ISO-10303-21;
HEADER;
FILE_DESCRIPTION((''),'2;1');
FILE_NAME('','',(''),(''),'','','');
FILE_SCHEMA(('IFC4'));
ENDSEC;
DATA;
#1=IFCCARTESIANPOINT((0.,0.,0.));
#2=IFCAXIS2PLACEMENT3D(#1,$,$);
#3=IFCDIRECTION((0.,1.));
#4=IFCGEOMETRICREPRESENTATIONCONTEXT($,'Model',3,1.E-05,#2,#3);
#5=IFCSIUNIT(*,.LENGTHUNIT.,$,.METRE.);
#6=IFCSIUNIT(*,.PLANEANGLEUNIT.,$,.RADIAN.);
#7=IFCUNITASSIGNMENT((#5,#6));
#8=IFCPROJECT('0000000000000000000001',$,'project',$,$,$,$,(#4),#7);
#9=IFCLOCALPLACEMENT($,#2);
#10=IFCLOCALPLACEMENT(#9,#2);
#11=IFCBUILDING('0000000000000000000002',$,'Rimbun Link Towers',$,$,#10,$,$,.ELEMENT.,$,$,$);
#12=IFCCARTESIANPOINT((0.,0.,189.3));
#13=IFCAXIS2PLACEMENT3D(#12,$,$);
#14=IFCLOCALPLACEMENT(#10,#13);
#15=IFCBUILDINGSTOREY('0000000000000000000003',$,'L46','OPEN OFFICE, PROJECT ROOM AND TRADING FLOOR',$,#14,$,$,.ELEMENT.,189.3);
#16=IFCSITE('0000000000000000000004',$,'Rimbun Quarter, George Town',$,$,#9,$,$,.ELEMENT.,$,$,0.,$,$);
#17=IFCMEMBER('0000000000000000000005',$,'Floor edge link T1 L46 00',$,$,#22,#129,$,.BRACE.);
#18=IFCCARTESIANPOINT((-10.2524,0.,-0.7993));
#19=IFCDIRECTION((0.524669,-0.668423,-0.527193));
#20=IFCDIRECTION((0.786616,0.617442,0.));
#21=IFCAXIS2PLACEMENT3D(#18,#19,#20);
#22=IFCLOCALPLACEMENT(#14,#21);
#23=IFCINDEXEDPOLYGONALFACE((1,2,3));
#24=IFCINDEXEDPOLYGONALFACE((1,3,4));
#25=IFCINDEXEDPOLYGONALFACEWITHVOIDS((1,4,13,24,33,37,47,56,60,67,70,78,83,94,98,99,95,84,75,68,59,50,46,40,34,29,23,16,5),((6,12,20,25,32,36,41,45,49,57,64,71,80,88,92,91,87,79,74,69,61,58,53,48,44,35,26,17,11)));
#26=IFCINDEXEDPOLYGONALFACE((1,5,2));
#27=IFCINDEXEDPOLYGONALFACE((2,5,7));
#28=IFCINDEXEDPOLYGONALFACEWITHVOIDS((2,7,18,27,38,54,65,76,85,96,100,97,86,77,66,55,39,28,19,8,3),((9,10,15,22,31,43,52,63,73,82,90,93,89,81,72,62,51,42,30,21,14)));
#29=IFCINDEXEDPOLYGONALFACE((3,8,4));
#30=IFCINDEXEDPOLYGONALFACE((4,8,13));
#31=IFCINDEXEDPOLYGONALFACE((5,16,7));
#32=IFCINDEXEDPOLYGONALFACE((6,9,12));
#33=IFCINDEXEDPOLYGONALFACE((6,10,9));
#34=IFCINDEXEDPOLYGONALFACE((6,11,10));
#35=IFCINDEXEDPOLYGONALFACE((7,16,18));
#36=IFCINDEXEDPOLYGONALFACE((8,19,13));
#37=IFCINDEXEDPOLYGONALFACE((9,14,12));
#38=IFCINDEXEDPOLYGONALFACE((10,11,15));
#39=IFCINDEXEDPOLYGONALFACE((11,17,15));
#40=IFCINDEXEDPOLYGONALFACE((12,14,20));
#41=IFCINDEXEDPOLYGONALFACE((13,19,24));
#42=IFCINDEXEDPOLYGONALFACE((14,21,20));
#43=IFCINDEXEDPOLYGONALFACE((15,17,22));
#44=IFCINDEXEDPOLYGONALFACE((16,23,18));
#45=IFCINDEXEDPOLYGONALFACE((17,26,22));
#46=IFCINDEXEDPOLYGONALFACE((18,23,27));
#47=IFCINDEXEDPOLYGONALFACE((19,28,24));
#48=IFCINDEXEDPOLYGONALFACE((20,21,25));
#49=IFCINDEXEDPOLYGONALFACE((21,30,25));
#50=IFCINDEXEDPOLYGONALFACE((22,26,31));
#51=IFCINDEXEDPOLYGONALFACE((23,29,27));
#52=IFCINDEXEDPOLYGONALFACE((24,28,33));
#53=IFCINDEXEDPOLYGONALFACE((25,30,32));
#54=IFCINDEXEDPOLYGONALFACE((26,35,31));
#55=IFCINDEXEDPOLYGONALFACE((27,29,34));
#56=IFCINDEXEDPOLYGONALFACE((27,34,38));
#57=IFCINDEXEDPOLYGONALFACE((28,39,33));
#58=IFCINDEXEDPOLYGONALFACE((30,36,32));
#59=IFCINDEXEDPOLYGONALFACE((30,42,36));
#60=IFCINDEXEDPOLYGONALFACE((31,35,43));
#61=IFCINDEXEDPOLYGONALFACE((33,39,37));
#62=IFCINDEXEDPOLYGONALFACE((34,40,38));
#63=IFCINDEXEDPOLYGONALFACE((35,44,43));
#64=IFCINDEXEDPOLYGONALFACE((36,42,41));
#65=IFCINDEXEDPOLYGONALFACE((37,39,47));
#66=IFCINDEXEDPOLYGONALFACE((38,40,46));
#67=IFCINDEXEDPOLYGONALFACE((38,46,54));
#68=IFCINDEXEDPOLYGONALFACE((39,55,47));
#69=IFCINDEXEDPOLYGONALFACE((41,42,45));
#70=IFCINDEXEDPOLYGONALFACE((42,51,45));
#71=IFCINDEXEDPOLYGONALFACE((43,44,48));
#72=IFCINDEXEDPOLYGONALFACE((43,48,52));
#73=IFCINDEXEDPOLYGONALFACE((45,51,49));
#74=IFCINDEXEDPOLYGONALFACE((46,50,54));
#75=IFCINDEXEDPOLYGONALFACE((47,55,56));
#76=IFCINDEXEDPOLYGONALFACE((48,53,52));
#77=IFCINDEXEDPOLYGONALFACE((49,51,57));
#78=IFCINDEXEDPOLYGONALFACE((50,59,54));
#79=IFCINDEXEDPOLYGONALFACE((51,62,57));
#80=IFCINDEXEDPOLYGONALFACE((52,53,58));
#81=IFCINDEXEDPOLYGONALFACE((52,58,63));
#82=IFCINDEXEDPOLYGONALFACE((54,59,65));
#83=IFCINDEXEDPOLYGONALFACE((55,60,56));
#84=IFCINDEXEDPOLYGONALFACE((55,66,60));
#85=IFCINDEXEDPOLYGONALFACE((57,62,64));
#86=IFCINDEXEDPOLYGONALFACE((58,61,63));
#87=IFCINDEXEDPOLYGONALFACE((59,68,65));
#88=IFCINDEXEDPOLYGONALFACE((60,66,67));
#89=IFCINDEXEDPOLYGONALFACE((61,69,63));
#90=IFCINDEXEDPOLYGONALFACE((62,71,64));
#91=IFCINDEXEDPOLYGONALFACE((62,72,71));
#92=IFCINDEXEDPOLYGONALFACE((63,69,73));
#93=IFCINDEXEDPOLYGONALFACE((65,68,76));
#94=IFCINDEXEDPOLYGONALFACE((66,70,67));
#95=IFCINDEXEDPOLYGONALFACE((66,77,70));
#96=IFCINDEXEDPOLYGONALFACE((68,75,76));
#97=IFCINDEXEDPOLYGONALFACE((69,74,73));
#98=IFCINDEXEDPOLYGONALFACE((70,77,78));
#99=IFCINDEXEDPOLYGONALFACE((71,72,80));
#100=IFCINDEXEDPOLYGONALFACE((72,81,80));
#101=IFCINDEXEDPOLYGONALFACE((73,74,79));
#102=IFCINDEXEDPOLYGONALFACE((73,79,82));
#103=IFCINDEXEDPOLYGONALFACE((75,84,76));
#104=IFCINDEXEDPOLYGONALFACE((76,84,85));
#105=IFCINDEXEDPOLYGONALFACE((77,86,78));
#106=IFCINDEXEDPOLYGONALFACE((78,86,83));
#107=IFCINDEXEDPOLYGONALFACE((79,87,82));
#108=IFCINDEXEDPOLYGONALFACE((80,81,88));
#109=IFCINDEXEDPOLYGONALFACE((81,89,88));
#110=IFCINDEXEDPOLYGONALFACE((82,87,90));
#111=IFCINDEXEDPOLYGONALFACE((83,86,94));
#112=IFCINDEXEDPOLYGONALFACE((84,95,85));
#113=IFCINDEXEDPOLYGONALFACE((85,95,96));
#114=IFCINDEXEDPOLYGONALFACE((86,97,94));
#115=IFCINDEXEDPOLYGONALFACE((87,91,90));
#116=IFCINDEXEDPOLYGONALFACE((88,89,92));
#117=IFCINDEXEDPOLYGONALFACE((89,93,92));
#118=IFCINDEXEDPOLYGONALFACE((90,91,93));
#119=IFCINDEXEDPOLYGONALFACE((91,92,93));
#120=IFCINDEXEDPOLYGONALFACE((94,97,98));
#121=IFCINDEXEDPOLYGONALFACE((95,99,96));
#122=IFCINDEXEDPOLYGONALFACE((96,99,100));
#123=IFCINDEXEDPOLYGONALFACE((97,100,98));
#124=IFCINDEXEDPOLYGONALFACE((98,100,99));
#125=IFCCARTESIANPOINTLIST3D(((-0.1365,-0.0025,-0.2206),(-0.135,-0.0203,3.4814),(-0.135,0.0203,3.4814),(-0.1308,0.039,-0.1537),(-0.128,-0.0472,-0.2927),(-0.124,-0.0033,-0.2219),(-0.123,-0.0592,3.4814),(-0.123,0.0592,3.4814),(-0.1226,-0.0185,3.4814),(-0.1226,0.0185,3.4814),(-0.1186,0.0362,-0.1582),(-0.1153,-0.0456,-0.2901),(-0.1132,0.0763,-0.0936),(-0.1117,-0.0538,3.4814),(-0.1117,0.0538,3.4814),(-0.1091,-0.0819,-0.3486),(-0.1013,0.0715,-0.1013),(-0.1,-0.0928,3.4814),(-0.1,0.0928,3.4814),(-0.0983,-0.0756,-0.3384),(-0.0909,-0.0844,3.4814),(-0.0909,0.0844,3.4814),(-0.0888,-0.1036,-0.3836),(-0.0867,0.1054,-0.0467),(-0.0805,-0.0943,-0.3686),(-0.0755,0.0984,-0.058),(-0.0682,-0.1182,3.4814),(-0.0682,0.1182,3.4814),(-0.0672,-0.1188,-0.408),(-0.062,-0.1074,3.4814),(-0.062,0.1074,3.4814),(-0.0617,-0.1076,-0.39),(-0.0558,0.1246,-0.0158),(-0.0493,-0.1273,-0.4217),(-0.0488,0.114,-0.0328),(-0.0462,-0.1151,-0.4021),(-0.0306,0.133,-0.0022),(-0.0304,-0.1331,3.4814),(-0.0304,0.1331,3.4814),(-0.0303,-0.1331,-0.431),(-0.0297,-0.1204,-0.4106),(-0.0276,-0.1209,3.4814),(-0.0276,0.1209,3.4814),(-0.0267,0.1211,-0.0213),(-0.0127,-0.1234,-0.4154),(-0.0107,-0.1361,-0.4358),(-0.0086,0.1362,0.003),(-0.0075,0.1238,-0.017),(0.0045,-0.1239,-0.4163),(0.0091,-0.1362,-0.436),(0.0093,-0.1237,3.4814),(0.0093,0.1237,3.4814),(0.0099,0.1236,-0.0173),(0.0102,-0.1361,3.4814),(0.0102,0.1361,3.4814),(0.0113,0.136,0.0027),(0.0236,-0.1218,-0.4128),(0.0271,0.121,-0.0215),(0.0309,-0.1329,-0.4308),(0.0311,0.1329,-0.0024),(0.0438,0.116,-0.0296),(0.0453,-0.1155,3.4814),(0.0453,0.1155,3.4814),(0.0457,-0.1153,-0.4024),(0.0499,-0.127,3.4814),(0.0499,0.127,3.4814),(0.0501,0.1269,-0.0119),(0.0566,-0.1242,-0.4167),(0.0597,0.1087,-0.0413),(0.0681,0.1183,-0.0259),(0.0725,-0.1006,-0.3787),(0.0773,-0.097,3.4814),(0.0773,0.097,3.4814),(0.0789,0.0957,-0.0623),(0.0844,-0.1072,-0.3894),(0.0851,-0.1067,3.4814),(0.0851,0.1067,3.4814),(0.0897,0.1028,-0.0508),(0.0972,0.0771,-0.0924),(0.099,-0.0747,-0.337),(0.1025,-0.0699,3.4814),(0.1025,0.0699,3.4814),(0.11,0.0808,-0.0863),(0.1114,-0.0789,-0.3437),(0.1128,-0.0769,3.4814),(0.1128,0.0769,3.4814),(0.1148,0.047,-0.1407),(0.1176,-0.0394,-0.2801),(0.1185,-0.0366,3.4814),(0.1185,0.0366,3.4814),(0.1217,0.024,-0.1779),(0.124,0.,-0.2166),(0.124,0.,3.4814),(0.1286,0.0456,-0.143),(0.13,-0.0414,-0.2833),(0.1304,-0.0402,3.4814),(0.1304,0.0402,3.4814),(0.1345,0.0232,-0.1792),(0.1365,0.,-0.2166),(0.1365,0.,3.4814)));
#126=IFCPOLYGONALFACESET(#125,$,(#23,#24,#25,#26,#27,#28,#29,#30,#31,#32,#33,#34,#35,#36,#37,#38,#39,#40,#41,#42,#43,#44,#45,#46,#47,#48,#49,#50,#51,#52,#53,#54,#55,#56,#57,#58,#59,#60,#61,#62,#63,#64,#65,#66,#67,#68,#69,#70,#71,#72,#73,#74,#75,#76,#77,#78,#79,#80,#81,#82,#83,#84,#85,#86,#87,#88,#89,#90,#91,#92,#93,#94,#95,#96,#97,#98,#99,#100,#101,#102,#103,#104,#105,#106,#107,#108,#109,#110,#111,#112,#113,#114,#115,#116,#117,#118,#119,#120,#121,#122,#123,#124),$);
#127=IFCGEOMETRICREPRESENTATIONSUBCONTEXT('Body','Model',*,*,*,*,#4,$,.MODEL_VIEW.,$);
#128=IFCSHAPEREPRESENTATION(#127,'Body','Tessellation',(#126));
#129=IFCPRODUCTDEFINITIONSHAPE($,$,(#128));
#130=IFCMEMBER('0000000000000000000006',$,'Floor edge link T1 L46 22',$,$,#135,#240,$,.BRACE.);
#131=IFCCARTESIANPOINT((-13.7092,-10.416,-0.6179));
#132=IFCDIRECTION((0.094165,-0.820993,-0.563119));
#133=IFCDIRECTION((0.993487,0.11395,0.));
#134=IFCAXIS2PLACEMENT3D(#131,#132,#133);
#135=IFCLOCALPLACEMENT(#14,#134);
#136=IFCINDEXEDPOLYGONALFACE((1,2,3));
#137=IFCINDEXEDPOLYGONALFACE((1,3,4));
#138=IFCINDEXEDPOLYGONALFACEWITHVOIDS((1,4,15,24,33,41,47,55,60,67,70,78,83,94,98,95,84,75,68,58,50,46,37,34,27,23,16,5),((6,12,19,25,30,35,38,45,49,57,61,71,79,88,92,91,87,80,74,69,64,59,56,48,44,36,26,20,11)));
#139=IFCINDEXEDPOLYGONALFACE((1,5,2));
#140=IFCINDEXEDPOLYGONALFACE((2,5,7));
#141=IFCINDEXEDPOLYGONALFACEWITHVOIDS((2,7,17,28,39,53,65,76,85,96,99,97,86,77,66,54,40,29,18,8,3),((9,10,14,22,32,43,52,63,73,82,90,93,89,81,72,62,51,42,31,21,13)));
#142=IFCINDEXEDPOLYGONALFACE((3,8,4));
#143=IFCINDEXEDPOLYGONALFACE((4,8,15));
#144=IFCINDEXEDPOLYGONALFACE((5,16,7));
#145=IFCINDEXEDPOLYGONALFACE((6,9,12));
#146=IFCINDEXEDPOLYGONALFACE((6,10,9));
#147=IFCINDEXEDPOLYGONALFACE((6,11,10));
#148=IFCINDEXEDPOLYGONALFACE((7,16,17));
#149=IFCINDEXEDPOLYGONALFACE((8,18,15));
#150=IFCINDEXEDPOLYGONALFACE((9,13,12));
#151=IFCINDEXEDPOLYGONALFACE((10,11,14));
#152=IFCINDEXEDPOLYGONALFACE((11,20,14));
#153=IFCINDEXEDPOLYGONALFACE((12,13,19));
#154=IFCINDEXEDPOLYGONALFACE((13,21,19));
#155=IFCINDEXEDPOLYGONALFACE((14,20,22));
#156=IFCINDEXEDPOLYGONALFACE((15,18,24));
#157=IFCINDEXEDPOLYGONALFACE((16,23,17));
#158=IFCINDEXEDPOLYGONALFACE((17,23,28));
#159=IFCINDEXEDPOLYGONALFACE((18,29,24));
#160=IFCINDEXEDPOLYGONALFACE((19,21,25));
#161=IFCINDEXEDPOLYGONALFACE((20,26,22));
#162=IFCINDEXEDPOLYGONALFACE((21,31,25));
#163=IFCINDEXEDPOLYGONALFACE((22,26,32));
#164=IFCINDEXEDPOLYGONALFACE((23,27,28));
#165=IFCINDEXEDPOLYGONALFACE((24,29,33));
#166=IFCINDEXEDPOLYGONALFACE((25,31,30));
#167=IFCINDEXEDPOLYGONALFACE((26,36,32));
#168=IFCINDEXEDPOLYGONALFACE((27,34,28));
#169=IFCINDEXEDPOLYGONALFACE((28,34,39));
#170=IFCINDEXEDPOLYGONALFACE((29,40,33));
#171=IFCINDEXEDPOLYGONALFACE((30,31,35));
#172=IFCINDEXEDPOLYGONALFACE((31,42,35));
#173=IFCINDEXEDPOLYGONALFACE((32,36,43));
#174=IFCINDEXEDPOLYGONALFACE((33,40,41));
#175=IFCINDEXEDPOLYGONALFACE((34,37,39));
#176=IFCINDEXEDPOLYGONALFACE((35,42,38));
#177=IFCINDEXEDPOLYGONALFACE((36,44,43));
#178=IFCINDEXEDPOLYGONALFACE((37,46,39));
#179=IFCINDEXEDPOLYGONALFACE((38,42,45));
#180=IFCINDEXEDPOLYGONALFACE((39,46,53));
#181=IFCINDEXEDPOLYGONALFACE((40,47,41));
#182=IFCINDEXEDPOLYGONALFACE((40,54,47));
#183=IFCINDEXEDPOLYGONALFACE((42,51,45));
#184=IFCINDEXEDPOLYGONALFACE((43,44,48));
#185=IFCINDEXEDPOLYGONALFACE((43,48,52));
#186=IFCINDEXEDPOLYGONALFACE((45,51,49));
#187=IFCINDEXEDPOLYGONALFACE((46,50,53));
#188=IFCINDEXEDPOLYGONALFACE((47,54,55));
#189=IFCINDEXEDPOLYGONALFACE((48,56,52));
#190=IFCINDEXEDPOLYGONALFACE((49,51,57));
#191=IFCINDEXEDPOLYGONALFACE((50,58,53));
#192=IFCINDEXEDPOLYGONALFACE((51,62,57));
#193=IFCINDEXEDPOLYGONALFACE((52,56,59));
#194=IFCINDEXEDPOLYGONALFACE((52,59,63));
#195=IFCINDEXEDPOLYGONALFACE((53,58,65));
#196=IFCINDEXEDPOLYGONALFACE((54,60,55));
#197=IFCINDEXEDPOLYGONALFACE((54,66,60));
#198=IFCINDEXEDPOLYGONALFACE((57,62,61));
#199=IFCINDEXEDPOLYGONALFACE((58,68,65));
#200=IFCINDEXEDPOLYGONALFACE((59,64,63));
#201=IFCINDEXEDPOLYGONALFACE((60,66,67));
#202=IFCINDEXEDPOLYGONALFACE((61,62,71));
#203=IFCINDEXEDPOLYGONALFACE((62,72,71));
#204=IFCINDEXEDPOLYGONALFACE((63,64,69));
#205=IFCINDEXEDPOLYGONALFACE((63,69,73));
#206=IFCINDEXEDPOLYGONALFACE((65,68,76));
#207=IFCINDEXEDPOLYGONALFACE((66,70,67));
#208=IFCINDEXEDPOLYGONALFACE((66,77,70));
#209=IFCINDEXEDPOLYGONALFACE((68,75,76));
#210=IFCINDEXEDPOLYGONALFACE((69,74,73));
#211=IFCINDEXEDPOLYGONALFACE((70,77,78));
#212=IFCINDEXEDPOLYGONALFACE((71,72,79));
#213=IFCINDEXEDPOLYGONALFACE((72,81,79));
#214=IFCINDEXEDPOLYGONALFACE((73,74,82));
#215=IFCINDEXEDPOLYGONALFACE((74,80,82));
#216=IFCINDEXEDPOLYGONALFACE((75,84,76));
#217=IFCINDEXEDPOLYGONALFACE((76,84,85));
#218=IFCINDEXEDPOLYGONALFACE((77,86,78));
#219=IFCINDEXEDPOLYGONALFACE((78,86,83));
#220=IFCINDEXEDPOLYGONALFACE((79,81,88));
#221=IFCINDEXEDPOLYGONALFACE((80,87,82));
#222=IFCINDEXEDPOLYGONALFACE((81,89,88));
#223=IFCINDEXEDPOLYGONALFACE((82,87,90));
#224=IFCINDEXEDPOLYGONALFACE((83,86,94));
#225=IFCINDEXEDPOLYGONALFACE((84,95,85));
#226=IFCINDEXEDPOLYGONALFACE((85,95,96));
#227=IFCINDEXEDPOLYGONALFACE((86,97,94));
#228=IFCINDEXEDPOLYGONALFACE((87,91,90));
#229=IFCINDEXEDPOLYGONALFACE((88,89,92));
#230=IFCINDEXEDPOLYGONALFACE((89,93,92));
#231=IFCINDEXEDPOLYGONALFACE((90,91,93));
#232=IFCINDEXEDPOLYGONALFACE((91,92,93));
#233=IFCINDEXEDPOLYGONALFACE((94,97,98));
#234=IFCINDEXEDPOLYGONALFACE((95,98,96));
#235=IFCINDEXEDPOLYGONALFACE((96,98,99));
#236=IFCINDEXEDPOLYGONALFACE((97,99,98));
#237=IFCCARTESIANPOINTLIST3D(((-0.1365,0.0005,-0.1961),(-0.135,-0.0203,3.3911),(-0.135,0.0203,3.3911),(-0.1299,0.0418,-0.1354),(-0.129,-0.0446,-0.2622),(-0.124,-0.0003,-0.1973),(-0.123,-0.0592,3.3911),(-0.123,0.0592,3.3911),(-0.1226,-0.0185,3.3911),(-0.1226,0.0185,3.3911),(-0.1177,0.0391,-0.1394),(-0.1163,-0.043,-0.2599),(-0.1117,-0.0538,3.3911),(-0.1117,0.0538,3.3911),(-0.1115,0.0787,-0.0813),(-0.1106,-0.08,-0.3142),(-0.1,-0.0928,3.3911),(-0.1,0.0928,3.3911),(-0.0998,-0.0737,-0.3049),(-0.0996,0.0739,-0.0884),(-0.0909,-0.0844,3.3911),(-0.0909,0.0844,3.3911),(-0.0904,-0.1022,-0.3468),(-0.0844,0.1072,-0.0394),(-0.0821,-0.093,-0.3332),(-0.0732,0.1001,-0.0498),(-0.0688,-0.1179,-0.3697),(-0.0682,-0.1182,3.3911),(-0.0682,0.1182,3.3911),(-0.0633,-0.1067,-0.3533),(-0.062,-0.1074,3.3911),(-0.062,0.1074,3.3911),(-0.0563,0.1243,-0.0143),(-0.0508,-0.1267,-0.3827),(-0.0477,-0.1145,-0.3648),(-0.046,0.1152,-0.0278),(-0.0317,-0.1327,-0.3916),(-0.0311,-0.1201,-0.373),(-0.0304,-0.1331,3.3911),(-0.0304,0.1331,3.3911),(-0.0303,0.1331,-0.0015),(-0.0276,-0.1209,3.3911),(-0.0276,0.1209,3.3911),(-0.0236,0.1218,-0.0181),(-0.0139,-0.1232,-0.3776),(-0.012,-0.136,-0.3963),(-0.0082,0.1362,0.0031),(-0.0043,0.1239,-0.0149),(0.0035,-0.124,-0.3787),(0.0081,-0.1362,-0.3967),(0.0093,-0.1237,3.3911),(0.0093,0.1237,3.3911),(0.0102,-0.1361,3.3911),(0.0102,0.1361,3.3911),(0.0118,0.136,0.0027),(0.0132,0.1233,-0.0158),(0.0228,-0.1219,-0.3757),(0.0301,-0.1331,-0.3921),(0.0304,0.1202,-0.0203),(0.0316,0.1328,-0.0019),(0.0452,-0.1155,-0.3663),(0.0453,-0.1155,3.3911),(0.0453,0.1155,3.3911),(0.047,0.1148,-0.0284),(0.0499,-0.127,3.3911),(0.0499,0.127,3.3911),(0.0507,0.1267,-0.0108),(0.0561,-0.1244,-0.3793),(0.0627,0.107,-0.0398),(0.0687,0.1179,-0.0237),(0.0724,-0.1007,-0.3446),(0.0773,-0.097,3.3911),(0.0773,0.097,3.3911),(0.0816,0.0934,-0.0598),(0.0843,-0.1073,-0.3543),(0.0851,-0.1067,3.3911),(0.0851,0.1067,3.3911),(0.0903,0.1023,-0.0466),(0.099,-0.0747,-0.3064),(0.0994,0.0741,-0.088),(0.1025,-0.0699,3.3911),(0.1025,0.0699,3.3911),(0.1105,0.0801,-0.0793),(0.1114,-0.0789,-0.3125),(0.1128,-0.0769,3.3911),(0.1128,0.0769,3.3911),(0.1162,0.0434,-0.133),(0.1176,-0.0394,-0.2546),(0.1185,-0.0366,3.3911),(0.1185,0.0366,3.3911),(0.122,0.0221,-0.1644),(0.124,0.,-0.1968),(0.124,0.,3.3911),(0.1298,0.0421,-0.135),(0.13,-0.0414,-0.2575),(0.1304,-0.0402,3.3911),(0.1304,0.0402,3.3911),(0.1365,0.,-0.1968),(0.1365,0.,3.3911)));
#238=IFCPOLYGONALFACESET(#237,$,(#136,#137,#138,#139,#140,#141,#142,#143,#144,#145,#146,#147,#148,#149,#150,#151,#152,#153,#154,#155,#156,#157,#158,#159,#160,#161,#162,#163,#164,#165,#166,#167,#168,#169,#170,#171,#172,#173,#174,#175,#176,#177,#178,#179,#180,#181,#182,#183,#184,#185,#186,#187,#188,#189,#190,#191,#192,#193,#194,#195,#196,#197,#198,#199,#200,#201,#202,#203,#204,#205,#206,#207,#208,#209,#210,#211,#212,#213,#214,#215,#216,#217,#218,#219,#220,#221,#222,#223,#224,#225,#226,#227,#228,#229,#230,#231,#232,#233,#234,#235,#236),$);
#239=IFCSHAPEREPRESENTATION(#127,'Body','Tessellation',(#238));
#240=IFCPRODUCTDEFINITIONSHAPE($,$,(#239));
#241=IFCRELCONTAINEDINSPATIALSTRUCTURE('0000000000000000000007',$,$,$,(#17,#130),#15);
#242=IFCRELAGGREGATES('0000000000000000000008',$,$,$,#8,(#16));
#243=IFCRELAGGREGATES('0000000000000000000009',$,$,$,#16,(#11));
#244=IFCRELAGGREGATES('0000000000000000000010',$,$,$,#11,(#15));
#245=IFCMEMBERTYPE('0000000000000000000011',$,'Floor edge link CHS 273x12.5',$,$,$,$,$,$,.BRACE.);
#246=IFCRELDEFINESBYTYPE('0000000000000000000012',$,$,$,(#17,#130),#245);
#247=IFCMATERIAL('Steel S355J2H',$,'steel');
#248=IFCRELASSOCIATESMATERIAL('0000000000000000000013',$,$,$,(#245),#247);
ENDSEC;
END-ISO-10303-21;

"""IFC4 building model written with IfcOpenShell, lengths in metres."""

from ifc_helpers import new_model, si_unit, direction, frame, origin, origin_2d, place, context, subcontext, project, spatial, hollow_circle, extrude, clip, halfspace, material, material_profile, profile_set, type_object, element, save


model = new_model("IFC4")

# Units and contexts
model_context = context("Model", 3, precision=1e-05, world=origin(), true_north=direction((0.0, 1.0)))
body_context = subcontext(model_context, "Body", "Model", "MODEL_VIEW")
ifc_project = project(units=[si_unit("LENGTHUNIT", "METRE"), si_unit("PLANEANGLEUNIT", "RADIAN")], contexts=[model_context])

# Site, building, storey
site_placement = place(None, origin())
site = spatial("IfcSite", under=ifc_project, at=site_placement, Name="Rimbun Quarter, George Town", CompositionType="ELEMENT", RefElevation=0.0)
building_placement = place(site_placement, origin())
building = spatial("IfcBuilding", under=site, at=building_placement, Name="Rimbun Link Towers", CompositionType="ELEMENT")
storey_placement = place(building_placement, frame((0.0, 0.0, 189.3)))
storey = spatial("IfcBuildingStorey", under=building, at=storey_placement, Name="L46", Description="OPEN OFFICE, PROJECT ROOM AND TRADING FLOOR", CompositionType="ELEMENT", Elevation=189.3)

# Members
ifc_material_1 = material(Name="Steel S355J2H", Category="steel")
ifc_material_profile_1 = material_profile(ifc_material_1, hollow_circle(Radius=0.1365, WallThickness=0.0125, at=origin_2d()), Name="CHS 273x12.5")
ifc_profile_set_1 = profile_set([ifc_material_profile_1], Name="Steel S355J2H")
member_type_1 = type_object("IfcMemberType", Name="Floor edge link CHS 273x12.5", PredefinedType="BRACE", material=ifc_profile_set_1)
member_1_placement = place(storey_placement, frame((-10.2524, 0.0, -0.7993), z_axis=(0.524669, -0.668423, -0.527193), x_axis=(0.786616, 0.617442, 0.0)))
element("IfcMember", 1, at=member_1_placement, inside=storey, type_object=member_type_1, Name="Floor edge link T1 L46 00", PredefinedType="BRACE", context=body_context, shape_type="Clipping", body=[
    clip(extrude(hollow_circle(Radius=0.1365, WallThickness=0.0125, at=origin_2d()), frame((0.0, 0.0, -0.459)), (0.0, 0.0, 1.0), 3.9404), halfspace(frame((0.0, 0.0, -0.2166), z_axis=(0.0, 0.849745, -0.527193)), False)),
])
member_2_placement = place(storey_placement, frame((-13.7092, -10.416, -0.6179), z_axis=(0.094165, -0.820993, -0.563119), x_axis=(0.993487, 0.11395, 0.0)))
element("IfcMember", 2, at=member_2_placement, inside=storey, type_object=member_type_1, Name="Floor edge link T1 L46 22", PredefinedType="BRACE", context=body_context, shape_type="Clipping", body=[
    clip(extrude(hollow_circle(Radius=0.1365, WallThickness=0.0125, at=origin_2d()), frame((0.0, 0.0, -0.4185)), (0.0, 0.0, 1.0), 3.8096), halfspace(frame((0.0, 0.0, -0.1968), z_axis=(0.0, 0.826376, -0.563119)), False)),
])

save(model, "model.ifc")
